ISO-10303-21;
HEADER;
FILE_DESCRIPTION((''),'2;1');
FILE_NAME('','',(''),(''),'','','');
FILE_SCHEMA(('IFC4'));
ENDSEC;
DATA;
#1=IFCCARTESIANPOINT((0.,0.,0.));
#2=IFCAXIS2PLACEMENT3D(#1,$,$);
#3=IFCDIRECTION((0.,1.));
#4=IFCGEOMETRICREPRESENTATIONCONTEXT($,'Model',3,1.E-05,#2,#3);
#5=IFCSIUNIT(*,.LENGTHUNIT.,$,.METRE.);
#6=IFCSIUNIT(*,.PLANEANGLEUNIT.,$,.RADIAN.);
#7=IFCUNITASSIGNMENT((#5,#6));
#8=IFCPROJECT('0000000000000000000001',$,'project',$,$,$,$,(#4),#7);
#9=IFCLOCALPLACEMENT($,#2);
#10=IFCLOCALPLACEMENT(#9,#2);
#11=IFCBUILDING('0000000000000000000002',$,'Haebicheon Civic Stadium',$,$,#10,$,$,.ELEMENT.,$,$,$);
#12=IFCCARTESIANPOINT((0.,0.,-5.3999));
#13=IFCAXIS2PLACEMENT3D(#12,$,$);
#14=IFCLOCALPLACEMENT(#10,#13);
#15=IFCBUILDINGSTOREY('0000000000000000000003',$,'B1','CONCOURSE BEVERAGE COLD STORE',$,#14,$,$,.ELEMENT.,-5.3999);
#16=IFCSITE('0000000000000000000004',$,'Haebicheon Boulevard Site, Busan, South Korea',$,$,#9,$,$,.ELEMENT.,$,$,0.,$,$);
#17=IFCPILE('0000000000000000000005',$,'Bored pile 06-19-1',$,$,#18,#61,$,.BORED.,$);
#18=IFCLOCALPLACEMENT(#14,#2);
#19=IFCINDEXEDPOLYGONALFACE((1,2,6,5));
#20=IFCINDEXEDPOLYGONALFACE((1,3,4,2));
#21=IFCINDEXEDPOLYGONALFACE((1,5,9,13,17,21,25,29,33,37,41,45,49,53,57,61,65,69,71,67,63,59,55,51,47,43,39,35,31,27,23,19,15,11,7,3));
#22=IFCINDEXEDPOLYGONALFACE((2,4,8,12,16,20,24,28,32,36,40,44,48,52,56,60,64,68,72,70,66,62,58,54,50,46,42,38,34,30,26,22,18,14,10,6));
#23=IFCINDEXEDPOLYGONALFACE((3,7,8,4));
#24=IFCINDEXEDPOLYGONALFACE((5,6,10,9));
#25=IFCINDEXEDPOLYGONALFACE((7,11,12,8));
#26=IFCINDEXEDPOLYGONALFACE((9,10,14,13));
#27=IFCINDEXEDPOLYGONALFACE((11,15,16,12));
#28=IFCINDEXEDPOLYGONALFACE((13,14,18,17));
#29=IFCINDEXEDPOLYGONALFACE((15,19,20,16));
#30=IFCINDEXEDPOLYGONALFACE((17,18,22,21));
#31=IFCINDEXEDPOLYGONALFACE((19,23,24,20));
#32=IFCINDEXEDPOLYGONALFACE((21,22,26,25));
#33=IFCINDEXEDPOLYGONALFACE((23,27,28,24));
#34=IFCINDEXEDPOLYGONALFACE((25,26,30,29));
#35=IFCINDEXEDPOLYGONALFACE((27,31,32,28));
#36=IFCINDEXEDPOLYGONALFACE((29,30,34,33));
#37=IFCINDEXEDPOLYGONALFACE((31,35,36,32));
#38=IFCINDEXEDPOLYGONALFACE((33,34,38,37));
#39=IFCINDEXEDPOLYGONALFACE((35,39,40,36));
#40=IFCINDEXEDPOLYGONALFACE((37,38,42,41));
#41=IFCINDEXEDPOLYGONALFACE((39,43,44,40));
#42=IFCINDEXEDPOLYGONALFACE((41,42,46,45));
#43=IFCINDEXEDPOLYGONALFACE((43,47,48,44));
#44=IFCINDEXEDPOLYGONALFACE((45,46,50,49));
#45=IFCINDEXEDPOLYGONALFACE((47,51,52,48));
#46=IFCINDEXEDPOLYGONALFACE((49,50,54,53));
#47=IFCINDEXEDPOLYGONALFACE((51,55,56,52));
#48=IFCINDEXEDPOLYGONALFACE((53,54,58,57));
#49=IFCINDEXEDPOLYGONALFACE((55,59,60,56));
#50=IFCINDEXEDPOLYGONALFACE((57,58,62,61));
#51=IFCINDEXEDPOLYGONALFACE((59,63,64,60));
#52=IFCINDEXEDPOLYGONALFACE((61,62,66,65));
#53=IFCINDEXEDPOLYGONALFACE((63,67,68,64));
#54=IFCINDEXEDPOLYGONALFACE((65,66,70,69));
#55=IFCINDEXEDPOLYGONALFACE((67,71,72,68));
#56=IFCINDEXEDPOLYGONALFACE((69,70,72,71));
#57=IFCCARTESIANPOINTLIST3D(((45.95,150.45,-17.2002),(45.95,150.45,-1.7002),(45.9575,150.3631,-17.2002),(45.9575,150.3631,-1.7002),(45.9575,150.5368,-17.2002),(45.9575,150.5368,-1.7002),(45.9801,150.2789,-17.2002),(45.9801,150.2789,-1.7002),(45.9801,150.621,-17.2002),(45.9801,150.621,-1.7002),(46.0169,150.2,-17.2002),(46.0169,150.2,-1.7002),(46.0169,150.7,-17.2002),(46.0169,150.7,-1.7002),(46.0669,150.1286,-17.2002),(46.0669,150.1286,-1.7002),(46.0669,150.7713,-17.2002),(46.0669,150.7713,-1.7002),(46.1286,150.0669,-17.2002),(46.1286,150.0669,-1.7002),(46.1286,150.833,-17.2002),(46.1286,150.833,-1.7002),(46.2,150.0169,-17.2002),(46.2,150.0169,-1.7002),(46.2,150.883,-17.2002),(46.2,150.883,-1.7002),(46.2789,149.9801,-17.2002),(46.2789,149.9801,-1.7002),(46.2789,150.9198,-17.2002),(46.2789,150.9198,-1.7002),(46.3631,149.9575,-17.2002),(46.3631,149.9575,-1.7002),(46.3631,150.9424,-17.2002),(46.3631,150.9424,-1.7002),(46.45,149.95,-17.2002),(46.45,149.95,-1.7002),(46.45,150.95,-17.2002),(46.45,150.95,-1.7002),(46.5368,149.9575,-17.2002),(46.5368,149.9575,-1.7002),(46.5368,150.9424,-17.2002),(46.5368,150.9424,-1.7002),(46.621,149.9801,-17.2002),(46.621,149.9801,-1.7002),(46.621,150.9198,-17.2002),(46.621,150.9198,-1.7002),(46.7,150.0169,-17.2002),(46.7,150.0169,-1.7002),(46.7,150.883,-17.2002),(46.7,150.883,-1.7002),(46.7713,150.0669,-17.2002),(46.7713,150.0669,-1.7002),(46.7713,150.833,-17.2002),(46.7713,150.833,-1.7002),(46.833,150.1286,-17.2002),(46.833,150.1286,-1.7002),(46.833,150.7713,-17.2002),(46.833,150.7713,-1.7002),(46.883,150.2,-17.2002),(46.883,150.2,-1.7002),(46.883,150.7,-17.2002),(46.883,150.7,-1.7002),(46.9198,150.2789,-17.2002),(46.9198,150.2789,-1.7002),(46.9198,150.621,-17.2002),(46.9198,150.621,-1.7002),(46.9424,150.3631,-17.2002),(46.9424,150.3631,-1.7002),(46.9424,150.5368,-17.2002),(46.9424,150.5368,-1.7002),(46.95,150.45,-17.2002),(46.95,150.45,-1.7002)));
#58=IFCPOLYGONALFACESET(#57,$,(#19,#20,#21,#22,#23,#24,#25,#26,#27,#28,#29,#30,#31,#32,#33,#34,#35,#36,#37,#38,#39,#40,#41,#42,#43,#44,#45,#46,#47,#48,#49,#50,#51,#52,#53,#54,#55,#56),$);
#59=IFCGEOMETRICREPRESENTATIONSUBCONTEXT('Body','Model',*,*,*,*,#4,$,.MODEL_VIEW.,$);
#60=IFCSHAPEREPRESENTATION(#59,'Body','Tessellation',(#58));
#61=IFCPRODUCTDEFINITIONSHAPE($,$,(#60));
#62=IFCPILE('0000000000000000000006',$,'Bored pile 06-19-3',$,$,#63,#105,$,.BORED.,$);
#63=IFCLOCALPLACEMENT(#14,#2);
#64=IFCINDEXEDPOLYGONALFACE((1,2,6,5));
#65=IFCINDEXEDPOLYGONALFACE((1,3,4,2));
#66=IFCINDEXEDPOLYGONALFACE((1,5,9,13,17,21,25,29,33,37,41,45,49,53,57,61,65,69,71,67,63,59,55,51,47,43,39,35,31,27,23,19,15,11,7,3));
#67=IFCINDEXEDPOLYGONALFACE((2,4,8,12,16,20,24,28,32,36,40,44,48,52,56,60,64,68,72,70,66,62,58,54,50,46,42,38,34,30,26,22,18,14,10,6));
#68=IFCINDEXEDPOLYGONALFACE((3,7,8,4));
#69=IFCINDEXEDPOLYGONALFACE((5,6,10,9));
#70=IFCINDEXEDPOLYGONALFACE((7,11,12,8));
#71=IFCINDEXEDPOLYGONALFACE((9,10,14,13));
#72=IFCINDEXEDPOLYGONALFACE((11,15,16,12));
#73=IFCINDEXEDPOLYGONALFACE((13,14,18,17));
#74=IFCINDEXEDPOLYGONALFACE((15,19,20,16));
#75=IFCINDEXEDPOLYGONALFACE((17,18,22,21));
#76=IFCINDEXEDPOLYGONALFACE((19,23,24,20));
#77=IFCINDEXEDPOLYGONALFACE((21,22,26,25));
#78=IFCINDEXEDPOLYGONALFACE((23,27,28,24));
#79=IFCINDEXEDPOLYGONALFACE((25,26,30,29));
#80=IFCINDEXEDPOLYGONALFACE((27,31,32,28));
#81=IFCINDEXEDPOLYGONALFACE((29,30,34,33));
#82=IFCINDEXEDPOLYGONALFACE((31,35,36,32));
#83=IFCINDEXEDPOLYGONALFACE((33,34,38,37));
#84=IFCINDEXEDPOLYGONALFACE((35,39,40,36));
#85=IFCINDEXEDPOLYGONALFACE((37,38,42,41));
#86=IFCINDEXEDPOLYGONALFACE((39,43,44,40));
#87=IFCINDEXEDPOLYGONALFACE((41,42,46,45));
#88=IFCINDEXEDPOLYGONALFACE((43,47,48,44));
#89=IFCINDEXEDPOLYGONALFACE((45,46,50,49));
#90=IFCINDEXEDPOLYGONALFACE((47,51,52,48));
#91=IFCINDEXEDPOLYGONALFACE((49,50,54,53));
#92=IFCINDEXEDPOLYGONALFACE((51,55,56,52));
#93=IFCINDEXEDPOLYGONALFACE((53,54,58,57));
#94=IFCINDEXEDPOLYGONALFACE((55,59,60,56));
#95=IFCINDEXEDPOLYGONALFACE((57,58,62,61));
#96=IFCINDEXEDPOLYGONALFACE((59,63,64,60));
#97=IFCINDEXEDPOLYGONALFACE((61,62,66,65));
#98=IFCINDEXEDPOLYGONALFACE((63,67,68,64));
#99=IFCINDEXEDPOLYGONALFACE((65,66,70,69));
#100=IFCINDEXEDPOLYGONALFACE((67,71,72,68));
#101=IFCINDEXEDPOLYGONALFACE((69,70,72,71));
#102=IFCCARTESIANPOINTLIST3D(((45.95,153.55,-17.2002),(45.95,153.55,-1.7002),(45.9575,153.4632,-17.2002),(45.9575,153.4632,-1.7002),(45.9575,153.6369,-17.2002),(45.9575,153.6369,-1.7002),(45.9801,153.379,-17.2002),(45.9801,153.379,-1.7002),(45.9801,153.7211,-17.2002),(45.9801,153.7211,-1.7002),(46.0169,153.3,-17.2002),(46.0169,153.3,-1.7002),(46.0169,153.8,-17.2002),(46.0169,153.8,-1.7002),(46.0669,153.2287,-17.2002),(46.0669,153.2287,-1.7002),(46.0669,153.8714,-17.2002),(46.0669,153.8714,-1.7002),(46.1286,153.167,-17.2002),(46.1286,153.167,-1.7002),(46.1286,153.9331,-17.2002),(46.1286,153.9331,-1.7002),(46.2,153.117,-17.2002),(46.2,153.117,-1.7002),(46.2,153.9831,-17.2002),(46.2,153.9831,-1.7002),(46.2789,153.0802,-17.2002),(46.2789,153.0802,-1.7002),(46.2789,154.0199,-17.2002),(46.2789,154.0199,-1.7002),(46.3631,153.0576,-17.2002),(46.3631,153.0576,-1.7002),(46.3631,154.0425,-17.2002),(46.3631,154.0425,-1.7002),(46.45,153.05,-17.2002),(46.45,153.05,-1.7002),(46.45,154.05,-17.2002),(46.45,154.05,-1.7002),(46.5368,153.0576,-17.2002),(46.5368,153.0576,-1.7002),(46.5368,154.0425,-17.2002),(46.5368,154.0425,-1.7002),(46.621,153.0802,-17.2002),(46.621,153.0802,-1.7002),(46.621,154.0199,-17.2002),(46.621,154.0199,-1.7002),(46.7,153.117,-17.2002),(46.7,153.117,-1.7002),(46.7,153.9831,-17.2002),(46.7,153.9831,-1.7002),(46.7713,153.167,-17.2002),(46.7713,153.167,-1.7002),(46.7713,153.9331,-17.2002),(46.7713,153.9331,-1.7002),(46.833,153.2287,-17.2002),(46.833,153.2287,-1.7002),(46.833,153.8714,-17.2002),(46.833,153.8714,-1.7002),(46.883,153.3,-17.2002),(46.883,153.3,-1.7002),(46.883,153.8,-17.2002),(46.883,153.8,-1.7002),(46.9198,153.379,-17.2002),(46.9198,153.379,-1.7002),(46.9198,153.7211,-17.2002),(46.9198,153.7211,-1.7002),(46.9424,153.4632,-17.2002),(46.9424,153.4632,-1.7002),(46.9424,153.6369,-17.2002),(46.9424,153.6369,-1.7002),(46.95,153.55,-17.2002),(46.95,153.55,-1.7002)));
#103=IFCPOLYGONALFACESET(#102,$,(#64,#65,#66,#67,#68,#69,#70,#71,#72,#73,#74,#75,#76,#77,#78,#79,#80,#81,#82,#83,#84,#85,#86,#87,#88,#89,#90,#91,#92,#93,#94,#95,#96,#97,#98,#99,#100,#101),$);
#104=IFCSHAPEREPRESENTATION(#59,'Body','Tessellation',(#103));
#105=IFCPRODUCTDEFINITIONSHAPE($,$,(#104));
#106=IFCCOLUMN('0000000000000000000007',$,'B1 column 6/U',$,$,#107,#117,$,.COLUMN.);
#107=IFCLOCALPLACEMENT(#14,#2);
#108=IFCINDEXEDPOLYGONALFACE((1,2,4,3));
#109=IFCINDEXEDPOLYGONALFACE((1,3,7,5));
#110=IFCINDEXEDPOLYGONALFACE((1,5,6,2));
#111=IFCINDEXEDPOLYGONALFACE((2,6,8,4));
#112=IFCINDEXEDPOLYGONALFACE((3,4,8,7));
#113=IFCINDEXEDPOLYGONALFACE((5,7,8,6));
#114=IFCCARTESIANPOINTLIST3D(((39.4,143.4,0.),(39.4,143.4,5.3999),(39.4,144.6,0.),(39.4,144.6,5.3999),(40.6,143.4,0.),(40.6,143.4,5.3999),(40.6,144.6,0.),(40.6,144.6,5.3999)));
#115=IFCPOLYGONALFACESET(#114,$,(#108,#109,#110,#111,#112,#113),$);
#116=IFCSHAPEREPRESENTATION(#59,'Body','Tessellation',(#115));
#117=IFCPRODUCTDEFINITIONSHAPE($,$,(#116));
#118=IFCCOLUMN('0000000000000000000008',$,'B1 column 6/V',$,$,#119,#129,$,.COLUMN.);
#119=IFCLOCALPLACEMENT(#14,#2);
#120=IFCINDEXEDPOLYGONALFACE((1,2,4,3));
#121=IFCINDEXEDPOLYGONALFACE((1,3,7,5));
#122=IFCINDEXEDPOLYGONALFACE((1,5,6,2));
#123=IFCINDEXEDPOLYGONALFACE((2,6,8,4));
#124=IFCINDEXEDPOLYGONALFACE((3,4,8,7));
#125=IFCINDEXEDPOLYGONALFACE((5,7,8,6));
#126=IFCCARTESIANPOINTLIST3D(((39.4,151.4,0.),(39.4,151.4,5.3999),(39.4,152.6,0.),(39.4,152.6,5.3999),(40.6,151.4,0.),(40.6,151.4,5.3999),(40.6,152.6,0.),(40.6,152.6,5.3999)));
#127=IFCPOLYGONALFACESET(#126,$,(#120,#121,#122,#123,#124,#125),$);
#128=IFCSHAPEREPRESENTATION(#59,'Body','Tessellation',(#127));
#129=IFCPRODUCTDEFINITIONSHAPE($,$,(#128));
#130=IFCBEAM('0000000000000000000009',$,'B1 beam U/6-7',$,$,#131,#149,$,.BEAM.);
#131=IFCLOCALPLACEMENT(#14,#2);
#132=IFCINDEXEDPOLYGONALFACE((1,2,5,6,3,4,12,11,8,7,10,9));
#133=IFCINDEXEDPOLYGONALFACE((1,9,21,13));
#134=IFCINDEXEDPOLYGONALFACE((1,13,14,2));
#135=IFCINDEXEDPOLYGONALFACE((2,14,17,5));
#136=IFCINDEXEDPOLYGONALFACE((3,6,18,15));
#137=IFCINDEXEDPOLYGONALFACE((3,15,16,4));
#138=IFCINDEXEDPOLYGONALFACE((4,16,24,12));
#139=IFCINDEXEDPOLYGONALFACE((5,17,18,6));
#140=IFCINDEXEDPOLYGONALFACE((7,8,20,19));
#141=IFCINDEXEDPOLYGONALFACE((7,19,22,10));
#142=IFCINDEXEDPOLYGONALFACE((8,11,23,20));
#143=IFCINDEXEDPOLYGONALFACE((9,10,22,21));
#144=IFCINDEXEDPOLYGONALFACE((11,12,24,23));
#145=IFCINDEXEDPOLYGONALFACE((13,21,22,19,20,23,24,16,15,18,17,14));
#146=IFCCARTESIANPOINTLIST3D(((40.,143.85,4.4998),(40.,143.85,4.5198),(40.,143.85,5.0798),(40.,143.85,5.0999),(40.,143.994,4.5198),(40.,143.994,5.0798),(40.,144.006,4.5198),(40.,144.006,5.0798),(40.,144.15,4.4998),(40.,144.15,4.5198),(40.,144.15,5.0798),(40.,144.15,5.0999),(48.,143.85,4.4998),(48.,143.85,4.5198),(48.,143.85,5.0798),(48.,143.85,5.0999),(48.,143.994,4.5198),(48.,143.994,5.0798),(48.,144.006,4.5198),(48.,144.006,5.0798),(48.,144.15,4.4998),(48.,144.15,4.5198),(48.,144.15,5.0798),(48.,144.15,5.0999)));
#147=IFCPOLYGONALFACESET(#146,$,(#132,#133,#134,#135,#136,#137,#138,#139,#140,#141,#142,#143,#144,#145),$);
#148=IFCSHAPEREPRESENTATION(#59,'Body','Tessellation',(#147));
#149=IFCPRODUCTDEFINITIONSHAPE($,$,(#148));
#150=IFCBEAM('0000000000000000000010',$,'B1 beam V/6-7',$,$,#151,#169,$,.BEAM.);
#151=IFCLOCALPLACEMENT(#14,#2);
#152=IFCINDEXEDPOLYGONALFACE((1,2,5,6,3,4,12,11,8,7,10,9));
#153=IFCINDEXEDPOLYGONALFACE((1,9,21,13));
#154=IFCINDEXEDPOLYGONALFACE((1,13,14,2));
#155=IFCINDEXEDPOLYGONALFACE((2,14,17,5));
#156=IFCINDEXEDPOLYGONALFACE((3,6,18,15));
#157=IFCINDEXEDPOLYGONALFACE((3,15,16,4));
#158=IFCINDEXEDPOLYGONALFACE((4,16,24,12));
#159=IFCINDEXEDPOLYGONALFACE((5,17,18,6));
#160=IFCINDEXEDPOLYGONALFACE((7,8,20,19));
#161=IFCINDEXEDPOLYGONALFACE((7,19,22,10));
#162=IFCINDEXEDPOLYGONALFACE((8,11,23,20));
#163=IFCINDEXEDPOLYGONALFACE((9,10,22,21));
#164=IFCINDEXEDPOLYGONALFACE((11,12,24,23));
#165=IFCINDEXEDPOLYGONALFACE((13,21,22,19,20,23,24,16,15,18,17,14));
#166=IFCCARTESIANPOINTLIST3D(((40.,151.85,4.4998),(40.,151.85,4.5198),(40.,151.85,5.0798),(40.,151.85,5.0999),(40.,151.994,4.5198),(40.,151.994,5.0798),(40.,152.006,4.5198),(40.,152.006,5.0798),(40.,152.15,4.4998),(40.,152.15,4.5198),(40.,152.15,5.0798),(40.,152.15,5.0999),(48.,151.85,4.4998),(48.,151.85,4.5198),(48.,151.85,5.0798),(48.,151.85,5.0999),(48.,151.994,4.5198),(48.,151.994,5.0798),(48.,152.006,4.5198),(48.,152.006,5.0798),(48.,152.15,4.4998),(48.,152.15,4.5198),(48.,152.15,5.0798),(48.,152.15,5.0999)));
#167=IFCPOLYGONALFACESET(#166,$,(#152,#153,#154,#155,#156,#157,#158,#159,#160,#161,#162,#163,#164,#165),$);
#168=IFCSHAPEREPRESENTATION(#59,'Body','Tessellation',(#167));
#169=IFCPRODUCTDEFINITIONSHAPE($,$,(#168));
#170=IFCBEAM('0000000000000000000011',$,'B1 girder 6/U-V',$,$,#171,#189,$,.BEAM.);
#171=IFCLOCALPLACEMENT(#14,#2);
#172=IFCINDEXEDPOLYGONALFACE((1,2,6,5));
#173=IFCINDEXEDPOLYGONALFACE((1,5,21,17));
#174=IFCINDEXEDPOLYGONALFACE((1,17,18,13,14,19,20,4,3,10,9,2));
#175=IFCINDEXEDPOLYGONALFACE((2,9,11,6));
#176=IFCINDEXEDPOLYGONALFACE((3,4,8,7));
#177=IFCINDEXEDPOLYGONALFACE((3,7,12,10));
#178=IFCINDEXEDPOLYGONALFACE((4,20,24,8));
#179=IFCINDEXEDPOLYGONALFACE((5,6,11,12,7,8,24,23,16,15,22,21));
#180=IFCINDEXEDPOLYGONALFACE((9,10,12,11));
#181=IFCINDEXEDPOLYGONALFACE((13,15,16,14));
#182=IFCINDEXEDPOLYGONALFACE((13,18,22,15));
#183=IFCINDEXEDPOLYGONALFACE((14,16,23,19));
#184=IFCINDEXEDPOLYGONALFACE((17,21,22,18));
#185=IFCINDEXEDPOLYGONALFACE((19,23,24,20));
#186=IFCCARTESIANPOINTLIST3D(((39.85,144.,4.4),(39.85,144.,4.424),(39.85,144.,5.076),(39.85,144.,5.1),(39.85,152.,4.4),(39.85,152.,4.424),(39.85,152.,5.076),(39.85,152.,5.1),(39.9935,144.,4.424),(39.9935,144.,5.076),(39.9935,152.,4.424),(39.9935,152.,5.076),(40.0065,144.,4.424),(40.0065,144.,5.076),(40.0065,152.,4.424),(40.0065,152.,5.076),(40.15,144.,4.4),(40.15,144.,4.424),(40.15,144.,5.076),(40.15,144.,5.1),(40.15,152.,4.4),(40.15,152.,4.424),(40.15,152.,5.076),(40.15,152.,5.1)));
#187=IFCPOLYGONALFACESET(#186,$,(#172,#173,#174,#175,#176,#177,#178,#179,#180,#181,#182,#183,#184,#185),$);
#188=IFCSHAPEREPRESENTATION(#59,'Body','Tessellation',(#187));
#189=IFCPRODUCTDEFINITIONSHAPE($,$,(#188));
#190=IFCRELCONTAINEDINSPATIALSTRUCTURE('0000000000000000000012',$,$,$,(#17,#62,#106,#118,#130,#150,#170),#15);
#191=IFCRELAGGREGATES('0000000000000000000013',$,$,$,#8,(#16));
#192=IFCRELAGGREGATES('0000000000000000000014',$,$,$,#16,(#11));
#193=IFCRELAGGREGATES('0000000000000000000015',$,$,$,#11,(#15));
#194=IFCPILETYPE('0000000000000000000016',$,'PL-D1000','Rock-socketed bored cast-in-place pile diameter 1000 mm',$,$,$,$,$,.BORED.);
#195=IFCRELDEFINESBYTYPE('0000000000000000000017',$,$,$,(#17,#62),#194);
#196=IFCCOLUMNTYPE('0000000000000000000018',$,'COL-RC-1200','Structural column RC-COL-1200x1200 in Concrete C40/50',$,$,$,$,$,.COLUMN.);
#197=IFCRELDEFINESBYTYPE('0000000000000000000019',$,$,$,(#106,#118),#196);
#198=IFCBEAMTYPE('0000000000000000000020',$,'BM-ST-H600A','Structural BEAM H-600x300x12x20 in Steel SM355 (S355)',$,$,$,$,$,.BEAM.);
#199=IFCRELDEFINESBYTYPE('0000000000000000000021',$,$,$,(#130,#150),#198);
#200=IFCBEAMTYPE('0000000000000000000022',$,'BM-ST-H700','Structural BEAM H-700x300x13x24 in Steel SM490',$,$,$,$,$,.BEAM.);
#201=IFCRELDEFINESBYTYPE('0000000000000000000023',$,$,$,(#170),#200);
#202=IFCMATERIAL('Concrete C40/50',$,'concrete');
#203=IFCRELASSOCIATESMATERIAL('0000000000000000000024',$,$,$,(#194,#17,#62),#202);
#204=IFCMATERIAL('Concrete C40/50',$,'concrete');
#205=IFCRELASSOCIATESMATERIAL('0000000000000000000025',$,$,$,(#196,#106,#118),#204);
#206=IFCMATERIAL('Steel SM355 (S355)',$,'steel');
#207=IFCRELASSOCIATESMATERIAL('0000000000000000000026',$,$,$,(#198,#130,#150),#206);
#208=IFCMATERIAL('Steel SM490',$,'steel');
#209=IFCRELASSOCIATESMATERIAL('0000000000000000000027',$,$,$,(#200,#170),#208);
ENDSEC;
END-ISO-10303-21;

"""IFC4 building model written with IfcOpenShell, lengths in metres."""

from ifc_helpers import new_model, si_unit, direction, frame, origin, origin_2d, place, context, subcontext, project, spatial, rectangle, circle, i_section, extrude, material, material_profile, profile_set, type_object, element, save


model = new_model("IFC4")

# Units and contexts
model_context = context("Model", 3, precision=1e-05, world=origin(), true_north=direction((0.0, 1.0)))
body_context = subcontext(model_context, "Body", "Model", "MODEL_VIEW")
ifc_project = project(units=[si_unit("LENGTHUNIT", "METRE"), si_unit("PLANEANGLEUNIT", "RADIAN")], contexts=[model_context])

# Site, building, storey
site_placement = place(None, origin())
site = spatial("IfcSite", under=ifc_project, at=site_placement, Name="Haebicheon Boulevard Site, Busan, South Korea", CompositionType="ELEMENT", RefElevation=0.0)
building_placement = place(site_placement, origin())
building = spatial("IfcBuilding", under=site, at=building_placement, Name="Haebicheon Civic Stadium", CompositionType="ELEMENT")
storey_placement = place(building_placement, frame((0.0, 0.0, -5.3999)))
storey = spatial("IfcBuildingStorey", under=building, at=storey_placement, Name="B1", Description="CONCOURSE BEVERAGE COLD STORE", CompositionType="ELEMENT", Elevation=-5.3999)

# Piles
ifc_material_1 = material(Name="Concrete C40/50", Category="concrete")
ifc_material_profile_1 = material_profile(ifc_material_1, circle(Radius=0.5, at=origin_2d()), Name="PILE-D1000")
ifc_profile_set_1 = profile_set([ifc_material_profile_1], Name="Concrete C40/50")
pile_type = type_object("IfcPileType", Name="PL-D1000", Description="Rock-socketed bored cast-in-place pile diameter 1000 mm", PredefinedType="BORED", material=ifc_profile_set_1)
for number, where, z_axis, x_axis, name in (
    (1, (46.45, 150.45, -1.7002), (0.0, 0.0, -1.0), (1.0, 0.0, 0.0), "Bored pile 06-19-1"),
    (2, (46.45, 153.55, -1.7002), (0.0, 0.0, -1.0), (1.0, 0.0, 0.0), "Bored pile 06-19-3"),
):
    element("IfcPile", number, at=place(storey_placement, frame(where, z_axis=z_axis, x_axis=x_axis)), inside=storey, type_object=pile_type, material=ifc_profile_set_1, Name=name, PredefinedType="BORED", context=body_context, shape_type="SweptSolid", body=[
        extrude(circle(Radius=0.5, at=origin_2d()), origin(), (0.0, 0.0, 1.0), 15.5),
    ])

# Columns
ifc_material_2 = material(Name="Concrete C40/50", Category="concrete")
ifc_material_profile_2 = material_profile(ifc_material_2, rectangle(XDim=1.2, YDim=1.2, at=origin_2d()), Name="RC-COL-1200x1200")
ifc_profile_set_2 = profile_set([ifc_material_profile_2], Name="Concrete C40/50")
column_type = type_object("IfcColumnType", Name="COL-RC-1200", Description="Structural column RC-COL-1200x1200 in Concrete C40/50", PredefinedType="COLUMN", material=ifc_profile_set_2)
for number, where, z_axis, x_axis, name in (
    (3, (40.0, 144.0, 0.0), (0.0, 0.0, 1.0), (1.0, 0.0, 0.0), "B1 column 6/U"),
    (4, (40.0, 152.0, 0.0), (0.0, 0.0, 1.0), (1.0, 0.0, 0.0), "B1 column 6/V"),
):
    element("IfcColumn", number, at=place(storey_placement, frame(where, z_axis=z_axis, x_axis=x_axis)), inside=storey, type_object=column_type, material=ifc_profile_set_2, Name=name, PredefinedType="COLUMN", context=body_context, shape_type="SweptSolid", body=[
        extrude(rectangle(XDim=1.2, YDim=1.2, at=origin_2d()), origin(), (0.0, 0.0, 1.0), 5.3999),
    ])

# Beams
ifc_material_3 = material(Name="Steel SM355 (S355)", Category="steel")
ifc_material_profile_3 = material_profile(ifc_material_3, i_section(OverallWidth=0.3, OverallDepth=0.6001, WebThickness=0.012, FlangeThickness=0.02, at=origin_2d()), Name="H-600x300x12x20")
ifc_profile_set_3 = profile_set([ifc_material_profile_3], Name="Steel SM355 (S355)")
beam_type_1 = type_object("IfcBeamType", Name="BM-ST-H600A", Description="Structural BEAM H-600x300x12x20 in Steel SM355 (S355)", PredefinedType="BEAM", material=ifc_profile_set_3)
for number, where, z_axis, x_axis, name in (
    (5, (40.0, 144.0, 4.7998), (1.0, 0.0, 0.0), (0.0, 1.0, 0.0), "B1 beam U/6-7"),
    (6, (40.0, 152.0, 4.7998), (1.0, 0.0, 0.0), (0.0, 1.0, 0.0), "B1 beam V/6-7"),
):
    element("IfcBeam", number, at=place(storey_placement, frame(where, z_axis=z_axis, x_axis=x_axis)), inside=storey, type_object=beam_type_1, material=ifc_profile_set_3, Name=name, PredefinedType="BEAM", context=body_context, shape_type="SweptSolid", body=[
        extrude(i_section(OverallWidth=0.3, OverallDepth=0.6001, WebThickness=0.012, FlangeThickness=0.02, at=origin_2d()), origin(), (0.0, 0.0, 1.0), 8.0),
    ])
ifc_material_4 = material(Name="Steel SM490", Category="steel")
ifc_material_profile_4 = material_profile(ifc_material_4, i_section(OverallWidth=0.3, OverallDepth=0.7, WebThickness=0.0129, FlangeThickness=0.0239, at=origin_2d()), Name="H-700x300x13x24")
ifc_profile_set_4 = profile_set([ifc_material_profile_4], Name="Steel SM490")
beam_type_2 = type_object("IfcBeamType", Name="BM-ST-H700", Description="Structural BEAM H-700x300x13x24 in Steel SM490", PredefinedType="BEAM", material=ifc_profile_set_4)
for number, where, z_axis, x_axis, name in (
    (7, (40.0, 144.0, 4.75), (0.0, 1.0, 0.0), (-1.0, 0.0, 0.0), "B1 girder 6/U-V"),
):
    element("IfcBeam", number, at=place(storey_placement, frame(where, z_axis=z_axis, x_axis=x_axis)), inside=storey, type_object=beam_type_2, material=ifc_profile_set_4, Name=name, PredefinedType="BEAM", context=body_context, shape_type="SweptSolid", body=[
        extrude(i_section(OverallWidth=0.3, OverallDepth=0.7, WebThickness=0.0129, FlangeThickness=0.0239, at=origin_2d()), origin(), (0.0, 0.0, 1.0), 8.0),
    ])

save(model, "model.ifc")
